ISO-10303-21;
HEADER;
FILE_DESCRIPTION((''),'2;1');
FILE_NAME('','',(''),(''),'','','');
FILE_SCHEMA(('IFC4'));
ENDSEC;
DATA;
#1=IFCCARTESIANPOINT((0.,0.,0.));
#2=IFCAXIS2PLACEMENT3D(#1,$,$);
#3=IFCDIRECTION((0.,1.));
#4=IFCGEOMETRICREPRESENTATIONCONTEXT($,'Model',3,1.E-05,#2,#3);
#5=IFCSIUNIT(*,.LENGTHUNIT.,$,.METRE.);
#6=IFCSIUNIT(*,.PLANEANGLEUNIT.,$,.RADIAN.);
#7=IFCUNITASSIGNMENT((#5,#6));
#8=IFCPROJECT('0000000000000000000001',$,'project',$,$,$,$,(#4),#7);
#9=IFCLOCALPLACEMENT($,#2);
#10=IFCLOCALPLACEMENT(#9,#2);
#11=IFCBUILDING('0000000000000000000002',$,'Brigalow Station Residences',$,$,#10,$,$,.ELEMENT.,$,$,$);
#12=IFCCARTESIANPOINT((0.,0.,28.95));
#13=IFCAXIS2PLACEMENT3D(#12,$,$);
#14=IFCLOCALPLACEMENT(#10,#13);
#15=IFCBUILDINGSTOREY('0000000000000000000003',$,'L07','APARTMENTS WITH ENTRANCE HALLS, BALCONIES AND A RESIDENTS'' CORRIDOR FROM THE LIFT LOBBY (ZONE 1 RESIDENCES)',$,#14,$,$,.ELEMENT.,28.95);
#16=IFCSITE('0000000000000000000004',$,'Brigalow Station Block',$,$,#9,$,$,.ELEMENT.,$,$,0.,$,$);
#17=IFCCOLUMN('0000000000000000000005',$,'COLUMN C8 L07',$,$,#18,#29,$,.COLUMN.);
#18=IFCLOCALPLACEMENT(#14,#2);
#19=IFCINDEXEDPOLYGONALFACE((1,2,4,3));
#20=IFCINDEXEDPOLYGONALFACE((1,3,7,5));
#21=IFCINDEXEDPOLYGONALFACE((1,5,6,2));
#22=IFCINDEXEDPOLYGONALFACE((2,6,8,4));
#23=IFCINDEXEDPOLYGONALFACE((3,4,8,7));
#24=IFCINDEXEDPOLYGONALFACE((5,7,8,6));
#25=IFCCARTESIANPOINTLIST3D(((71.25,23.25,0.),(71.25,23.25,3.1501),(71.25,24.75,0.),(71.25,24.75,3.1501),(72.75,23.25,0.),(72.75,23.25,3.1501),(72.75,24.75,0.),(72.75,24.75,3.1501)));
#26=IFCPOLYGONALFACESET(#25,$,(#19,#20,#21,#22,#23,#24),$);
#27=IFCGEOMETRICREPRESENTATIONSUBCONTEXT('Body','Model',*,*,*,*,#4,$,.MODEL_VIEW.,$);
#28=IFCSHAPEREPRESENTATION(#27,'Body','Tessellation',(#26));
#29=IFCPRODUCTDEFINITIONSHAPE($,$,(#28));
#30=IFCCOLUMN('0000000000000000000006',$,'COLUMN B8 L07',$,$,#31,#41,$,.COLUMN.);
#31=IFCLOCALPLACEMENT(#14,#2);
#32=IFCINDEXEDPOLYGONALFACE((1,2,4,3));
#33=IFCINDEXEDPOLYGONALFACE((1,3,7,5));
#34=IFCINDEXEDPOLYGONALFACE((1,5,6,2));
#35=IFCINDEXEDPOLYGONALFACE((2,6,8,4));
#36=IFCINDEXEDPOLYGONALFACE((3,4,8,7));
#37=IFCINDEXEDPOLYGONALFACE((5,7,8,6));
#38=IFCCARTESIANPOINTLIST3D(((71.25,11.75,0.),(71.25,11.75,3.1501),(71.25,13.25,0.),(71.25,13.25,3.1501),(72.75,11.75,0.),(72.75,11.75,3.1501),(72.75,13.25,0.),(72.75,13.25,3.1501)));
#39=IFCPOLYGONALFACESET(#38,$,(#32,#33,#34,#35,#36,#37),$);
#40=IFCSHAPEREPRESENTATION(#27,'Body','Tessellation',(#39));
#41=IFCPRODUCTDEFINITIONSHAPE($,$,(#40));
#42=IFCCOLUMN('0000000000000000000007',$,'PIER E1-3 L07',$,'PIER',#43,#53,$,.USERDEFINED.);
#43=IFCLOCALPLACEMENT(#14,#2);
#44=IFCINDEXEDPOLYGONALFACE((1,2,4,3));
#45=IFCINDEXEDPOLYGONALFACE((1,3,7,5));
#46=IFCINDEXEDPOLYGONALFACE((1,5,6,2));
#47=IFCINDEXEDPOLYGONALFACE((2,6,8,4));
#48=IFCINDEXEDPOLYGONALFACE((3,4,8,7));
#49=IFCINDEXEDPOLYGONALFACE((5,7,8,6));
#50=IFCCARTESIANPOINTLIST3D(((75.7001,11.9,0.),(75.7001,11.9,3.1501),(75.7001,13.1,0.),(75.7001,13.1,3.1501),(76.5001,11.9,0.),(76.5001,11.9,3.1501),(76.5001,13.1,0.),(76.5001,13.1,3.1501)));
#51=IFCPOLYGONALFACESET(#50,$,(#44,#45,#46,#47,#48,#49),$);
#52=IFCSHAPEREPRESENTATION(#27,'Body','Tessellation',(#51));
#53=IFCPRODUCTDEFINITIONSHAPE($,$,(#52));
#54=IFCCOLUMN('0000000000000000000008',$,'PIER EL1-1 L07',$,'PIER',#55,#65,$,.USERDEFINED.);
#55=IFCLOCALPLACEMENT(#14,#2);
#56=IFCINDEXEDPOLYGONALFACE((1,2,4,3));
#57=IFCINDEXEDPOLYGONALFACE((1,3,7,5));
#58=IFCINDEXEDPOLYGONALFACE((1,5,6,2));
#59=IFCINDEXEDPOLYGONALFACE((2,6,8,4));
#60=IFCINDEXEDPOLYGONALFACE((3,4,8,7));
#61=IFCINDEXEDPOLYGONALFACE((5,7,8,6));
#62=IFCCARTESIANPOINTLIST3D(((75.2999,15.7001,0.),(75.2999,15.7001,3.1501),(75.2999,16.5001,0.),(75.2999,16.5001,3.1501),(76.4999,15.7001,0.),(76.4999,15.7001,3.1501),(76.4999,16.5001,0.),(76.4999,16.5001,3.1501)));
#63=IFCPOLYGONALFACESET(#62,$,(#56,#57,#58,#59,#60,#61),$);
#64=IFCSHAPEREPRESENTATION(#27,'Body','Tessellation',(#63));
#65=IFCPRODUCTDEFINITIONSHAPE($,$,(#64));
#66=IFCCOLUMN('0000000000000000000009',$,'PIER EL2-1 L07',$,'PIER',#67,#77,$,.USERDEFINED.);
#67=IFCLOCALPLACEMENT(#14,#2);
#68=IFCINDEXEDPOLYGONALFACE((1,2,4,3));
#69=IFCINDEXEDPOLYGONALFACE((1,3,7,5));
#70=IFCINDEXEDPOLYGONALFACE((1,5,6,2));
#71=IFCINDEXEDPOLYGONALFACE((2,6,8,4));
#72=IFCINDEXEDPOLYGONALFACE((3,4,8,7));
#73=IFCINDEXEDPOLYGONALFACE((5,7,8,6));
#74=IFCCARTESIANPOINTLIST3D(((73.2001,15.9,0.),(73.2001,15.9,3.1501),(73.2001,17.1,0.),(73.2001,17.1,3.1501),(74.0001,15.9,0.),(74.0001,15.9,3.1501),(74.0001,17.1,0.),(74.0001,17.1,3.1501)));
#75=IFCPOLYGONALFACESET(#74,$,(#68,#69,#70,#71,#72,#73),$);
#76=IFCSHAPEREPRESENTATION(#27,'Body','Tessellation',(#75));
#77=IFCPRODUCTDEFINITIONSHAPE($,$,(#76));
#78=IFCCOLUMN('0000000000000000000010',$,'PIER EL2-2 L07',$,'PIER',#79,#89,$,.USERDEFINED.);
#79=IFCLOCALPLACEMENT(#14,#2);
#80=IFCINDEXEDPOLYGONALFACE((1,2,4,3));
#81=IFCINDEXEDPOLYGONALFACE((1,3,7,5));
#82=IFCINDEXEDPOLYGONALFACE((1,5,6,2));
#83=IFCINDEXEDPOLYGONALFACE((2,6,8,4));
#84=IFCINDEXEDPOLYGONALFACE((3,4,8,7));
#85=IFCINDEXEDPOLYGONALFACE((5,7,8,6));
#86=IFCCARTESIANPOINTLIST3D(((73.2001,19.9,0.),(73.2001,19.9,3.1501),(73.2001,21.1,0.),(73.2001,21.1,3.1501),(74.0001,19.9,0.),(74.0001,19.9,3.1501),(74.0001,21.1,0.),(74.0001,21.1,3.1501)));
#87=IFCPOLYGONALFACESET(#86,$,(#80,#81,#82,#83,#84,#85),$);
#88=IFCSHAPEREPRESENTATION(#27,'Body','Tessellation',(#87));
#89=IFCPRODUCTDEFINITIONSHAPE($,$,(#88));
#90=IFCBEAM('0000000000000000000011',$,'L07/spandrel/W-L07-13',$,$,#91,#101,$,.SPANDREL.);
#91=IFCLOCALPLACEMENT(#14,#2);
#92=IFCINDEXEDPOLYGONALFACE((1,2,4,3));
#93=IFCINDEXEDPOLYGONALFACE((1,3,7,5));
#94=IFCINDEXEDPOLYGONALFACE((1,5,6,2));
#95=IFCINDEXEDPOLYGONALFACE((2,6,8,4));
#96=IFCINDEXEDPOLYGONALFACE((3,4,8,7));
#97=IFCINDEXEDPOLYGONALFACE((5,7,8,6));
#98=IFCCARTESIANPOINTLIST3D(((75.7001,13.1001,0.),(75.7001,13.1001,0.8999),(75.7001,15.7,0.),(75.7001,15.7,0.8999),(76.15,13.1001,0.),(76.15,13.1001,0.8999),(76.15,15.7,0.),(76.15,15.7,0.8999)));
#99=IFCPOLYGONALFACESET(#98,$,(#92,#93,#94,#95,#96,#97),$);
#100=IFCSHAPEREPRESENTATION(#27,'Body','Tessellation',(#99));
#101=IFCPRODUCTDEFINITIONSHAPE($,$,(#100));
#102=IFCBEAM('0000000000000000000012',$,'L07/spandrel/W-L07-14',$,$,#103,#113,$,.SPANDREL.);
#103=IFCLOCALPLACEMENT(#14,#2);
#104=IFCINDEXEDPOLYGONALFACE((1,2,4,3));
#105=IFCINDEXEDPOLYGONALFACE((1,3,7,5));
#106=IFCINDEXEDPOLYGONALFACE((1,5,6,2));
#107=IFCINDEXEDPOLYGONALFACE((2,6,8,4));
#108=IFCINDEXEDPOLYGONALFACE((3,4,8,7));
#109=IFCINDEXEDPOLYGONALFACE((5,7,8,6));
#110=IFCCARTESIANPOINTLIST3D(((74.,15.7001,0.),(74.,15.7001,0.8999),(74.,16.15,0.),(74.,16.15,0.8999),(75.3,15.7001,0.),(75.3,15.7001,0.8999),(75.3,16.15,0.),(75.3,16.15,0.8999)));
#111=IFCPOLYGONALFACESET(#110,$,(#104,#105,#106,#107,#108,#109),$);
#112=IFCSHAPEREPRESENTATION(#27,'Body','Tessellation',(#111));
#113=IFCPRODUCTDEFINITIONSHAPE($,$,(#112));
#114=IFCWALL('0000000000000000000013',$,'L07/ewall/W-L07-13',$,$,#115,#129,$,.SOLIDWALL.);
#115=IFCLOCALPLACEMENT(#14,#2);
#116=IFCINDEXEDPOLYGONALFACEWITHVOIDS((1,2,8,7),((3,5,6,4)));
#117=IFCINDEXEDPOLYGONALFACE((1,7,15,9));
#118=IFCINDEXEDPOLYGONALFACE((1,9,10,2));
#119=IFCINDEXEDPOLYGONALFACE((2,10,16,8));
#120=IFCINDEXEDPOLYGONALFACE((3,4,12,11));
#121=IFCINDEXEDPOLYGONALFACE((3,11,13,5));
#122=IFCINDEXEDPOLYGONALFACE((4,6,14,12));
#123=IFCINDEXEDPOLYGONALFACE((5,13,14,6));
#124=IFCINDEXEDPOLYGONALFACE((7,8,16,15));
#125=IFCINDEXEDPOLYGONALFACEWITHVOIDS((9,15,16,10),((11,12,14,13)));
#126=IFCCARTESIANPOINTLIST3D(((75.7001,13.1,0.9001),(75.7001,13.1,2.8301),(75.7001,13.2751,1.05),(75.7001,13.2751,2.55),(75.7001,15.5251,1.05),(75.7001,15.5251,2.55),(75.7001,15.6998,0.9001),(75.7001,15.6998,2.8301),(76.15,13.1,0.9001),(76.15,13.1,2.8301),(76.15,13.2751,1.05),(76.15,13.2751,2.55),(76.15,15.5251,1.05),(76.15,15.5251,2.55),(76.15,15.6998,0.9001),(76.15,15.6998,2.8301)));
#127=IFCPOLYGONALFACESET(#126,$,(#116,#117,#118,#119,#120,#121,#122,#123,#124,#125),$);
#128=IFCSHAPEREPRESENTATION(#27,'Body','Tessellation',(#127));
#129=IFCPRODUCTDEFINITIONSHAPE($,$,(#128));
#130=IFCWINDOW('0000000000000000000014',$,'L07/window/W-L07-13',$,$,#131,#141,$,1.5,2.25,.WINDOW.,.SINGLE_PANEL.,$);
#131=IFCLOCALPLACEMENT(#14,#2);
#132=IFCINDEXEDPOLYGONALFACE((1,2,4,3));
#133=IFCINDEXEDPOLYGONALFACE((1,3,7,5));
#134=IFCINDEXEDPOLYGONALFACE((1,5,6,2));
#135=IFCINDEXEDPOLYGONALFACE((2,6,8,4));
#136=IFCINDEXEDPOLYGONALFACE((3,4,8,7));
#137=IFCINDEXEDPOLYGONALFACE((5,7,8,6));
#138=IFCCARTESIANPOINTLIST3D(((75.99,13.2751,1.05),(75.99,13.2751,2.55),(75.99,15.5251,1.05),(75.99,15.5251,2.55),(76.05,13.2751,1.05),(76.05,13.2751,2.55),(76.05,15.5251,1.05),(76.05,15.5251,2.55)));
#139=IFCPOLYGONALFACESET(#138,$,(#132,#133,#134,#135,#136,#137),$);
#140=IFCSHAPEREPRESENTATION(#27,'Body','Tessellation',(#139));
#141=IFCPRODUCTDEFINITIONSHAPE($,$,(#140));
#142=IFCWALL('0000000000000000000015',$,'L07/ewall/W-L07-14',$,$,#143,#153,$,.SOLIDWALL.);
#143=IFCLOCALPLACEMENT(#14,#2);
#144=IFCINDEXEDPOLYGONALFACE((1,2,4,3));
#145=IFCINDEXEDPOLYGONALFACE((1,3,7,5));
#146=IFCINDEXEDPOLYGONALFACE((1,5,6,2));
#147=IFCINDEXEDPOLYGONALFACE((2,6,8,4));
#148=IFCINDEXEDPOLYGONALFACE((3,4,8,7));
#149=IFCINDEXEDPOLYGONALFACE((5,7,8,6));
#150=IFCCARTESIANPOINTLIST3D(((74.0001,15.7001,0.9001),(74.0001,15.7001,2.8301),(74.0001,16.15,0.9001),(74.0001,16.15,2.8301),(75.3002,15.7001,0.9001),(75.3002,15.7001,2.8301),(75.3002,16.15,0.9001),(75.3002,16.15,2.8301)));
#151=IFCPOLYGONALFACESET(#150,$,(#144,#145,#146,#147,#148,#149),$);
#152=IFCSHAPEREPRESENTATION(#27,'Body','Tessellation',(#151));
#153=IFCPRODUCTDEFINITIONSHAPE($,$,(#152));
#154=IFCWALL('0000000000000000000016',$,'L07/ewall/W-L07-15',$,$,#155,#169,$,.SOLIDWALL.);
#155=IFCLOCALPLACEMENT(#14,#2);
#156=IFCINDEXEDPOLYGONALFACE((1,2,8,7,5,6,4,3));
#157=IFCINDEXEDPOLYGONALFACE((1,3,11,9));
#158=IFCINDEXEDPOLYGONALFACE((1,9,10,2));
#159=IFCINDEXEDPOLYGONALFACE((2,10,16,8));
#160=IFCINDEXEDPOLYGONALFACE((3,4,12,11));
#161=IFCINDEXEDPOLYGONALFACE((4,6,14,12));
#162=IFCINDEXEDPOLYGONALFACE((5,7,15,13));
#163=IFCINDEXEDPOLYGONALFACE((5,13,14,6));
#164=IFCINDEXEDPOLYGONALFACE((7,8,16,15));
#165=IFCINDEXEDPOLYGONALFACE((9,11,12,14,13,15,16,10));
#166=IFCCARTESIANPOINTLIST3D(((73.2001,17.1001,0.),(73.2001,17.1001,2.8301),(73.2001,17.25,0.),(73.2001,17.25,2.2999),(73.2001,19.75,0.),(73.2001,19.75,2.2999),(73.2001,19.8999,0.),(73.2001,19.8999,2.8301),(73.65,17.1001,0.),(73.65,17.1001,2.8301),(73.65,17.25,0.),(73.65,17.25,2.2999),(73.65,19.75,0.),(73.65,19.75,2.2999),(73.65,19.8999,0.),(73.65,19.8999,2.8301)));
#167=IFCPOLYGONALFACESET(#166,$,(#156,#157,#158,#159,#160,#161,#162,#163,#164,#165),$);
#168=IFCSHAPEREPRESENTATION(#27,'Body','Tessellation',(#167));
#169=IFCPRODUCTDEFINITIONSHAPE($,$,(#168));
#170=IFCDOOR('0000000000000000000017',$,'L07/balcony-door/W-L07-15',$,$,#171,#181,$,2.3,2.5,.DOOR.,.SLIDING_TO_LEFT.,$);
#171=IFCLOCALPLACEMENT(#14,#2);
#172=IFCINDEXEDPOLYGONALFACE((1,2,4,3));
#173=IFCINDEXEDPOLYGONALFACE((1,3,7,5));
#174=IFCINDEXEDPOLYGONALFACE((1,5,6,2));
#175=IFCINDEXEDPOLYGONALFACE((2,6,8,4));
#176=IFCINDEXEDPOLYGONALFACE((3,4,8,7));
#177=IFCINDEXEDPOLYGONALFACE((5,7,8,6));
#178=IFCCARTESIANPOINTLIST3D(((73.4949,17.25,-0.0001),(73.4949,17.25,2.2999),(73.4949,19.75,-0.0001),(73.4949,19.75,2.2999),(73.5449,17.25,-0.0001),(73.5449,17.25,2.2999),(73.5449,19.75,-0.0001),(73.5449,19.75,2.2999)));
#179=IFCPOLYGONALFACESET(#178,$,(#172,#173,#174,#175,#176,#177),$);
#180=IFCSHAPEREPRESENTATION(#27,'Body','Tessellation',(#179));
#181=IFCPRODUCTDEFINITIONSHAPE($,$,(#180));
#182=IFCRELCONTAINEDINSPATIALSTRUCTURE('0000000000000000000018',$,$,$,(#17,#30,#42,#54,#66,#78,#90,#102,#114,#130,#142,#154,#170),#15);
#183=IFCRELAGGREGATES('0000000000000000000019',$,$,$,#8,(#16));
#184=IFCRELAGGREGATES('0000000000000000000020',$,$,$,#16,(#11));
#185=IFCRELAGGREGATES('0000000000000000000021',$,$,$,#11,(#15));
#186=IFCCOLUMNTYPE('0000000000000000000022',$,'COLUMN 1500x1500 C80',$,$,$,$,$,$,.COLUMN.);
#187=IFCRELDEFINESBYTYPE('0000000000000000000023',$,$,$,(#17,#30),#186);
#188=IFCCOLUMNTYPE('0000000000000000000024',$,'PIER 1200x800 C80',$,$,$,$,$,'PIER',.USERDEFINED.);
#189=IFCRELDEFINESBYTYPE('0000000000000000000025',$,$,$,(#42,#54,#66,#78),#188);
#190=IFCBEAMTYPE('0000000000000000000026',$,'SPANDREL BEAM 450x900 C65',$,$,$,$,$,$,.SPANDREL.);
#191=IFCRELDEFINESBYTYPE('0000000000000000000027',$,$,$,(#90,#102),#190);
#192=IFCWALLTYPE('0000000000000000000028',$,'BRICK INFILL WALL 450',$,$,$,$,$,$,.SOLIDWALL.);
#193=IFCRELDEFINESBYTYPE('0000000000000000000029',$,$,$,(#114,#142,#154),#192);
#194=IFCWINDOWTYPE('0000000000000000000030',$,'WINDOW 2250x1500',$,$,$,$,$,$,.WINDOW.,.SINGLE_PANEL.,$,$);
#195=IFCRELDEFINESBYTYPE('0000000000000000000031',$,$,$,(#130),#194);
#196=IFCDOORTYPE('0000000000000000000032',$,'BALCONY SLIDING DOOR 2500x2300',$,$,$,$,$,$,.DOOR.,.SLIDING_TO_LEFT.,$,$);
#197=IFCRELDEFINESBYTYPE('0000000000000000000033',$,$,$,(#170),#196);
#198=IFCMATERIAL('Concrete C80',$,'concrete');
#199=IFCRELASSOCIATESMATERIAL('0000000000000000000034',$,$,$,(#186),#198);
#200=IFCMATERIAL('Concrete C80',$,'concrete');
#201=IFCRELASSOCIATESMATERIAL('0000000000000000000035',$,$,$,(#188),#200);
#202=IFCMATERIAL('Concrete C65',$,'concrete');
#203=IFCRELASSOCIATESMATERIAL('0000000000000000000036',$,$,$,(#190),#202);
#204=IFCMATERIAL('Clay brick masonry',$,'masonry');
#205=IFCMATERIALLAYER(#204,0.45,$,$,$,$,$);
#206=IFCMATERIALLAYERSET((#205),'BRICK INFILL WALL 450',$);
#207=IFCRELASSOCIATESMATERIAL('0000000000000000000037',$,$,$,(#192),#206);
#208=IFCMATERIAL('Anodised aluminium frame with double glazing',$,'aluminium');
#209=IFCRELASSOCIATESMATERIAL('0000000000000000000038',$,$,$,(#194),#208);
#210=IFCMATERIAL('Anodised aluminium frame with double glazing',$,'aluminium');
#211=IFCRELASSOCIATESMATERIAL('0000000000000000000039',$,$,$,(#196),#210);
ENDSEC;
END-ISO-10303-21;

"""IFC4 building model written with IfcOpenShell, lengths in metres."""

from ifc_helpers import new_model, si_unit, direction, frame, frame_2d, origin, origin_2d, place, context, subcontext, project, spatial, rectangle, extrude, material, layer, layer_set, material_profile, profile_set, type_object, element, fill, save


model = new_model("IFC4")

# Units and contexts
model_context = context("Model", 3, precision=1e-05, world=origin(), true_north=direction((0.0, 1.0)))
body_context = subcontext(model_context, "Body", "Model", "MODEL_VIEW")
ifc_project = project(units=[si_unit("LENGTHUNIT", "METRE"), si_unit("PLANEANGLEUNIT", "RADIAN")], contexts=[model_context])

# Site, building, storey
site_placement = place(None, origin())
site = spatial("IfcSite", under=ifc_project, at=site_placement, Name="Brigalow Station Block", CompositionType="ELEMENT", RefElevation=0.0)
building_placement = place(site_placement, origin())
building = spatial("IfcBuilding", under=site, at=building_placement, Name="Brigalow Station Residences", CompositionType="ELEMENT")
storey_placement = place(building_placement, frame((0.0, 0.0, 28.95)))
storey = spatial("IfcBuildingStorey", under=building, at=storey_placement, Name="L07", Description="APARTMENTS WITH ENTRANCE HALLS, BALCONIES AND A RESIDENTS' CORRIDOR FROM THE LIFT LOBBY (ZONE 1 RESIDENCES)", CompositionType="ELEMENT", Elevation=28.95)

# Columns
ifc_material_1 = material(Name="Concrete C80", Category="concrete")
ifc_material_profile_1 = material_profile(ifc_material_1, rectangle(XDim=1.5, YDim=1.5, at=origin_2d()), Name="RC1500x1500")
ifc_profile_set_1 = profile_set([ifc_material_profile_1], Name="Concrete C80")
column_type_1 = type_object("IfcColumnType", Name="COLUMN 1500x1500 C80", PredefinedType="COLUMN", material=ifc_profile_set_1)
for number, where, z_axis, x_axis, name in (
    (1, (72.0, 24.0, 0.0), (0.0, 0.0, 1.0), (1.0, 0.0, 0.0), "COLUMN C8 L07"),
    (2, (72.0, 12.5, 0.0), (0.0, 0.0, 1.0), (1.0, 0.0, 0.0), "COLUMN B8 L07"),
):
    element("IfcColumn", number, at=place(storey_placement, frame(where, z_axis=z_axis, x_axis=x_axis)), inside=storey, type_object=column_type_1, Name=name, PredefinedType="COLUMN", context=body_context, shape_type="SweptSolid", body=[
        extrude(rectangle(XDim=1.5, YDim=1.5, at=origin_2d()), origin(), (0.0, 0.0, 1.0), 3.1501),
    ])
ifc_material_2 = material(Name="Concrete C80", Category="concrete")
ifc_material_profile_2 = material_profile(ifc_material_2, rectangle(XDim=1.2, YDim=0.8, at=origin_2d()), Name="RC1200x800")
ifc_profile_set_2 = profile_set([ifc_material_profile_2], Name="Concrete C80")
column_type_2 = type_object("IfcColumnType", Name="PIER 1200x800 C80", ElementType="PIER", PredefinedType="USERDEFINED", material=ifc_profile_set_2)
for number, where, z_axis, x_axis, name in (
    (3, (76.1001, 12.5, 0.0), (0.0, 0.0, 1.0), (0.0, 1.0, 0.0), "PIER E1-3 L07"),
    (4, (75.8999, 16.1001, 0.0), (0.0, 0.0, 1.0), (-1.0, 0.0, 0.0), "PIER EL1-1 L07"),
    (5, (73.6001, 16.5, 0.0), (0.0, 0.0, 1.0), (0.0, 1.0, 0.0), "PIER EL2-1 L07"),
    (6, (73.6001, 20.5, 0.0), (0.0, 0.0, 1.0), (0.0, 1.0, 0.0), "PIER EL2-2 L07"),
):
    element("IfcColumn", number, at=place(storey_placement, frame(where, z_axis=z_axis, x_axis=x_axis)), inside=storey, type_object=column_type_2, Name=name, ObjectType="PIER", PredefinedType="USERDEFINED", context=body_context, shape_type="SweptSolid", body=[
        extrude(rectangle(XDim=1.2, YDim=0.8, at=origin_2d()), origin(), (0.0, 0.0, 1.0), 3.1501),
    ])

# Beams
ifc_material_3 = material(Name="Concrete C65", Category="concrete")
ifc_material_profile_3 = material_profile(ifc_material_3, rectangle(XDim=0.45, YDim=0.8999, at=origin_2d()), Name="RC450x900")
ifc_profile_set_3 = profile_set([ifc_material_profile_3], Name="Concrete C65")
beam_type = type_object("IfcBeamType", Name="SPANDREL BEAM 450x900 C65", PredefinedType="SPANDREL", material=ifc_profile_set_3)
beam_1_placement = place(storey_placement, frame((75.925, 13.1001, 0.45), z_axis=(0.0, 1.0, 0.0), x_axis=(-1.0, 0.0, 0.0)))
element("IfcBeam", 7, at=beam_1_placement, inside=storey, type_object=beam_type, Name="L07/spandrel/W-L07-13", PredefinedType="SPANDREL", context=body_context, shape_type="SweptSolid", body=[
    extrude(rectangle(XDim=0.45, YDim=0.8999, at=origin_2d()), origin(), (0.0, 0.0, 1.0), 2.5999),
])
beam_2_placement = place(storey_placement, frame((75.3, 15.925, 0.45), z_axis=(-1.0, 0.0, 0.0), x_axis=(0.0, -1.0, 0.0)))
element("IfcBeam", 8, at=beam_2_placement, inside=storey, type_object=beam_type, Name="L07/spandrel/W-L07-14", PredefinedType="SPANDREL", context=body_context, shape_type="SweptSolid", body=[
    extrude(rectangle(XDim=0.45, YDim=0.8999, at=origin_2d()), origin(), (0.0, 0.0, 1.0), 1.3),
])

# Wall, opening, window
ifc_material_4 = material(Name="Clay brick masonry", Category="masonry")
ifc_layer_1 = layer(ifc_material_4, 0.45)
ifc_layer_set_1 = layer_set([ifc_layer_1], Name="BRICK INFILL WALL 450")
wall_type_1 = type_object("IfcWallType", Name="BRICK INFILL WALL 450", PredefinedType="SOLIDWALL", material=ifc_layer_set_1)
wall_1_placement = place(storey_placement, frame((75.925, 13.1001, 0.9001), z_axis=(0.0, 0.0, 1.0), x_axis=(0.0, 1.0, 0.0)))
wall_1 = element("IfcWall", 9, at=wall_1_placement, inside=storey, type_object=wall_type_1, Name="L07/ewall/W-L07-13", PredefinedType="SOLIDWALL", context=body_context, shape_type="SweptSolid", body=[
    extrude(rectangle(XDim=2.5999, YDim=0.45, at=frame_2d((1.2998, 0.0))), origin(), (0.0, 0.0, 1.0), 1.9299),
])
opening_1_placement = place(wall_1_placement, frame((0.175, 0.0, 0.1499)))
opening_1 = element("IfcOpeningElement", 10, at=opening_1_placement, cuts=wall_1, PredefinedType="OPENING", context=body_context, shape_type="SweptSolid", body=[
    extrude(rectangle(XDim=2.25, YDim=1.5, at=frame_2d((1.125, 0.75))), frame((0.0, 0.2349, 0.0), z_axis=(0.0, -1.0, 0.0), x_axis=(1.0, 0.0, 0.0)), (0.0, 0.0, 1.0), 0.47),
])
ifc_material_5 = material(Name="Anodised aluminium frame with double glazing", Category="aluminium")
window_type = type_object("IfcWindowType", Name="WINDOW 2250x1500", PartitioningType="SINGLE_PANEL", PredefinedType="WINDOW", material=ifc_material_5)
window_placement = place(opening_1_placement, origin())
window = element("IfcWindow", 11, at=window_placement, inside=storey, type_object=window_type, Name="L07/window/W-L07-13", OverallHeight=1.5, OverallWidth=2.25, PartitioningType="SINGLE_PANEL", PredefinedType="WINDOW", context=body_context, shape_type="SweptSolid", body=[
    extrude(rectangle(XDim=2.25, YDim=1.5, at=frame_2d((1.125, 0.75))), frame((0.0, -0.0649, 0.0), z_axis=(0.0, -1.0, 0.0), x_axis=(1.0, 0.0, 0.0)), (0.0, 0.0, 1.0), 0.0601),
])
fill(opening_1, window)

# Wall
wall_2_placement = place(storey_placement, frame((75.3, 15.925, 0.9001), z_axis=(0.0, 0.0, 1.0), x_axis=(-1.0, 0.0, 0.0)))
element("IfcWall", 12, at=wall_2_placement, inside=storey, type_object=wall_type_1, Name="L07/ewall/W-L07-14", PredefinedType="SOLIDWALL", context=body_context, shape_type="SweptSolid", body=[
    extrude(rectangle(XDim=1.3, YDim=0.45, at=frame_2d((0.6499, 0.0))), origin(), (0.0, 0.0, 1.0), 1.9299),
])

# Wall, opening, door
wall_3_placement = place(storey_placement, frame((73.425, 17.1001, 0.0), z_axis=(0.0, 0.0, 1.0), x_axis=(0.0, 1.0, 0.0)))
wall_3 = element("IfcWall", 13, at=wall_3_placement, inside=storey, type_object=wall_type_1, Name="L07/ewall/W-L07-15", PredefinedType="SOLIDWALL", context=body_context, shape_type="SweptSolid", body=[
    extrude(rectangle(XDim=2.7998, YDim=0.45, at=frame_2d((1.3999, 0.0))), origin(), (0.0, 0.0, 1.0), 2.8301),
])
opening_2_placement = place(wall_3_placement, frame((0.1499, 0.0, 0.0)))
opening_2 = element("IfcOpeningElement", 14, at=opening_2_placement, cuts=wall_3, PredefinedType="OPENING", context=body_context, shape_type="SweptSolid", body=[
    extrude(rectangle(XDim=2.5, YDim=2.3, at=frame_2d((1.25, 1.1499))), frame((0.0, 0.2349, 0.0), z_axis=(0.0, -1.0, 0.0), x_axis=(1.0, 0.0, 0.0)), (0.0, 0.0, 1.0), 0.47),
])
ifc_material_6 = material(Name="Anodised aluminium frame with double glazing", Category="aluminium")
door_type_1 = type_object("IfcDoorType", Name="BALCONY SLIDING DOOR 2500x2300", OperationType="SLIDING_TO_LEFT", PredefinedType="DOOR", material=ifc_material_6)
door_1_placement = place(opening_2_placement, origin())
door_1 = element("IfcDoor", 15, at=door_1_placement, inside=storey, type_object=door_type_1, Name="L07/balcony-door/W-L07-15", OperationType="SLIDING_TO_LEFT", OverallHeight=2.3, OverallWidth=2.5, PredefinedType="DOOR", context=body_context, shape_type="SweptSolid", body=[
    extrude(rectangle(XDim=2.5, YDim=2.3, at=frame_2d((1.25, 1.1499))), frame((0.0, -0.0698, 0.0), z_axis=(0.0, -1.0, 0.0), x_axis=(1.0, 0.0, 0.0)), (0.0, 0.0, 1.0), 0.05),
])
fill(opening_2, door_1)

save(model, "model.ifc")
